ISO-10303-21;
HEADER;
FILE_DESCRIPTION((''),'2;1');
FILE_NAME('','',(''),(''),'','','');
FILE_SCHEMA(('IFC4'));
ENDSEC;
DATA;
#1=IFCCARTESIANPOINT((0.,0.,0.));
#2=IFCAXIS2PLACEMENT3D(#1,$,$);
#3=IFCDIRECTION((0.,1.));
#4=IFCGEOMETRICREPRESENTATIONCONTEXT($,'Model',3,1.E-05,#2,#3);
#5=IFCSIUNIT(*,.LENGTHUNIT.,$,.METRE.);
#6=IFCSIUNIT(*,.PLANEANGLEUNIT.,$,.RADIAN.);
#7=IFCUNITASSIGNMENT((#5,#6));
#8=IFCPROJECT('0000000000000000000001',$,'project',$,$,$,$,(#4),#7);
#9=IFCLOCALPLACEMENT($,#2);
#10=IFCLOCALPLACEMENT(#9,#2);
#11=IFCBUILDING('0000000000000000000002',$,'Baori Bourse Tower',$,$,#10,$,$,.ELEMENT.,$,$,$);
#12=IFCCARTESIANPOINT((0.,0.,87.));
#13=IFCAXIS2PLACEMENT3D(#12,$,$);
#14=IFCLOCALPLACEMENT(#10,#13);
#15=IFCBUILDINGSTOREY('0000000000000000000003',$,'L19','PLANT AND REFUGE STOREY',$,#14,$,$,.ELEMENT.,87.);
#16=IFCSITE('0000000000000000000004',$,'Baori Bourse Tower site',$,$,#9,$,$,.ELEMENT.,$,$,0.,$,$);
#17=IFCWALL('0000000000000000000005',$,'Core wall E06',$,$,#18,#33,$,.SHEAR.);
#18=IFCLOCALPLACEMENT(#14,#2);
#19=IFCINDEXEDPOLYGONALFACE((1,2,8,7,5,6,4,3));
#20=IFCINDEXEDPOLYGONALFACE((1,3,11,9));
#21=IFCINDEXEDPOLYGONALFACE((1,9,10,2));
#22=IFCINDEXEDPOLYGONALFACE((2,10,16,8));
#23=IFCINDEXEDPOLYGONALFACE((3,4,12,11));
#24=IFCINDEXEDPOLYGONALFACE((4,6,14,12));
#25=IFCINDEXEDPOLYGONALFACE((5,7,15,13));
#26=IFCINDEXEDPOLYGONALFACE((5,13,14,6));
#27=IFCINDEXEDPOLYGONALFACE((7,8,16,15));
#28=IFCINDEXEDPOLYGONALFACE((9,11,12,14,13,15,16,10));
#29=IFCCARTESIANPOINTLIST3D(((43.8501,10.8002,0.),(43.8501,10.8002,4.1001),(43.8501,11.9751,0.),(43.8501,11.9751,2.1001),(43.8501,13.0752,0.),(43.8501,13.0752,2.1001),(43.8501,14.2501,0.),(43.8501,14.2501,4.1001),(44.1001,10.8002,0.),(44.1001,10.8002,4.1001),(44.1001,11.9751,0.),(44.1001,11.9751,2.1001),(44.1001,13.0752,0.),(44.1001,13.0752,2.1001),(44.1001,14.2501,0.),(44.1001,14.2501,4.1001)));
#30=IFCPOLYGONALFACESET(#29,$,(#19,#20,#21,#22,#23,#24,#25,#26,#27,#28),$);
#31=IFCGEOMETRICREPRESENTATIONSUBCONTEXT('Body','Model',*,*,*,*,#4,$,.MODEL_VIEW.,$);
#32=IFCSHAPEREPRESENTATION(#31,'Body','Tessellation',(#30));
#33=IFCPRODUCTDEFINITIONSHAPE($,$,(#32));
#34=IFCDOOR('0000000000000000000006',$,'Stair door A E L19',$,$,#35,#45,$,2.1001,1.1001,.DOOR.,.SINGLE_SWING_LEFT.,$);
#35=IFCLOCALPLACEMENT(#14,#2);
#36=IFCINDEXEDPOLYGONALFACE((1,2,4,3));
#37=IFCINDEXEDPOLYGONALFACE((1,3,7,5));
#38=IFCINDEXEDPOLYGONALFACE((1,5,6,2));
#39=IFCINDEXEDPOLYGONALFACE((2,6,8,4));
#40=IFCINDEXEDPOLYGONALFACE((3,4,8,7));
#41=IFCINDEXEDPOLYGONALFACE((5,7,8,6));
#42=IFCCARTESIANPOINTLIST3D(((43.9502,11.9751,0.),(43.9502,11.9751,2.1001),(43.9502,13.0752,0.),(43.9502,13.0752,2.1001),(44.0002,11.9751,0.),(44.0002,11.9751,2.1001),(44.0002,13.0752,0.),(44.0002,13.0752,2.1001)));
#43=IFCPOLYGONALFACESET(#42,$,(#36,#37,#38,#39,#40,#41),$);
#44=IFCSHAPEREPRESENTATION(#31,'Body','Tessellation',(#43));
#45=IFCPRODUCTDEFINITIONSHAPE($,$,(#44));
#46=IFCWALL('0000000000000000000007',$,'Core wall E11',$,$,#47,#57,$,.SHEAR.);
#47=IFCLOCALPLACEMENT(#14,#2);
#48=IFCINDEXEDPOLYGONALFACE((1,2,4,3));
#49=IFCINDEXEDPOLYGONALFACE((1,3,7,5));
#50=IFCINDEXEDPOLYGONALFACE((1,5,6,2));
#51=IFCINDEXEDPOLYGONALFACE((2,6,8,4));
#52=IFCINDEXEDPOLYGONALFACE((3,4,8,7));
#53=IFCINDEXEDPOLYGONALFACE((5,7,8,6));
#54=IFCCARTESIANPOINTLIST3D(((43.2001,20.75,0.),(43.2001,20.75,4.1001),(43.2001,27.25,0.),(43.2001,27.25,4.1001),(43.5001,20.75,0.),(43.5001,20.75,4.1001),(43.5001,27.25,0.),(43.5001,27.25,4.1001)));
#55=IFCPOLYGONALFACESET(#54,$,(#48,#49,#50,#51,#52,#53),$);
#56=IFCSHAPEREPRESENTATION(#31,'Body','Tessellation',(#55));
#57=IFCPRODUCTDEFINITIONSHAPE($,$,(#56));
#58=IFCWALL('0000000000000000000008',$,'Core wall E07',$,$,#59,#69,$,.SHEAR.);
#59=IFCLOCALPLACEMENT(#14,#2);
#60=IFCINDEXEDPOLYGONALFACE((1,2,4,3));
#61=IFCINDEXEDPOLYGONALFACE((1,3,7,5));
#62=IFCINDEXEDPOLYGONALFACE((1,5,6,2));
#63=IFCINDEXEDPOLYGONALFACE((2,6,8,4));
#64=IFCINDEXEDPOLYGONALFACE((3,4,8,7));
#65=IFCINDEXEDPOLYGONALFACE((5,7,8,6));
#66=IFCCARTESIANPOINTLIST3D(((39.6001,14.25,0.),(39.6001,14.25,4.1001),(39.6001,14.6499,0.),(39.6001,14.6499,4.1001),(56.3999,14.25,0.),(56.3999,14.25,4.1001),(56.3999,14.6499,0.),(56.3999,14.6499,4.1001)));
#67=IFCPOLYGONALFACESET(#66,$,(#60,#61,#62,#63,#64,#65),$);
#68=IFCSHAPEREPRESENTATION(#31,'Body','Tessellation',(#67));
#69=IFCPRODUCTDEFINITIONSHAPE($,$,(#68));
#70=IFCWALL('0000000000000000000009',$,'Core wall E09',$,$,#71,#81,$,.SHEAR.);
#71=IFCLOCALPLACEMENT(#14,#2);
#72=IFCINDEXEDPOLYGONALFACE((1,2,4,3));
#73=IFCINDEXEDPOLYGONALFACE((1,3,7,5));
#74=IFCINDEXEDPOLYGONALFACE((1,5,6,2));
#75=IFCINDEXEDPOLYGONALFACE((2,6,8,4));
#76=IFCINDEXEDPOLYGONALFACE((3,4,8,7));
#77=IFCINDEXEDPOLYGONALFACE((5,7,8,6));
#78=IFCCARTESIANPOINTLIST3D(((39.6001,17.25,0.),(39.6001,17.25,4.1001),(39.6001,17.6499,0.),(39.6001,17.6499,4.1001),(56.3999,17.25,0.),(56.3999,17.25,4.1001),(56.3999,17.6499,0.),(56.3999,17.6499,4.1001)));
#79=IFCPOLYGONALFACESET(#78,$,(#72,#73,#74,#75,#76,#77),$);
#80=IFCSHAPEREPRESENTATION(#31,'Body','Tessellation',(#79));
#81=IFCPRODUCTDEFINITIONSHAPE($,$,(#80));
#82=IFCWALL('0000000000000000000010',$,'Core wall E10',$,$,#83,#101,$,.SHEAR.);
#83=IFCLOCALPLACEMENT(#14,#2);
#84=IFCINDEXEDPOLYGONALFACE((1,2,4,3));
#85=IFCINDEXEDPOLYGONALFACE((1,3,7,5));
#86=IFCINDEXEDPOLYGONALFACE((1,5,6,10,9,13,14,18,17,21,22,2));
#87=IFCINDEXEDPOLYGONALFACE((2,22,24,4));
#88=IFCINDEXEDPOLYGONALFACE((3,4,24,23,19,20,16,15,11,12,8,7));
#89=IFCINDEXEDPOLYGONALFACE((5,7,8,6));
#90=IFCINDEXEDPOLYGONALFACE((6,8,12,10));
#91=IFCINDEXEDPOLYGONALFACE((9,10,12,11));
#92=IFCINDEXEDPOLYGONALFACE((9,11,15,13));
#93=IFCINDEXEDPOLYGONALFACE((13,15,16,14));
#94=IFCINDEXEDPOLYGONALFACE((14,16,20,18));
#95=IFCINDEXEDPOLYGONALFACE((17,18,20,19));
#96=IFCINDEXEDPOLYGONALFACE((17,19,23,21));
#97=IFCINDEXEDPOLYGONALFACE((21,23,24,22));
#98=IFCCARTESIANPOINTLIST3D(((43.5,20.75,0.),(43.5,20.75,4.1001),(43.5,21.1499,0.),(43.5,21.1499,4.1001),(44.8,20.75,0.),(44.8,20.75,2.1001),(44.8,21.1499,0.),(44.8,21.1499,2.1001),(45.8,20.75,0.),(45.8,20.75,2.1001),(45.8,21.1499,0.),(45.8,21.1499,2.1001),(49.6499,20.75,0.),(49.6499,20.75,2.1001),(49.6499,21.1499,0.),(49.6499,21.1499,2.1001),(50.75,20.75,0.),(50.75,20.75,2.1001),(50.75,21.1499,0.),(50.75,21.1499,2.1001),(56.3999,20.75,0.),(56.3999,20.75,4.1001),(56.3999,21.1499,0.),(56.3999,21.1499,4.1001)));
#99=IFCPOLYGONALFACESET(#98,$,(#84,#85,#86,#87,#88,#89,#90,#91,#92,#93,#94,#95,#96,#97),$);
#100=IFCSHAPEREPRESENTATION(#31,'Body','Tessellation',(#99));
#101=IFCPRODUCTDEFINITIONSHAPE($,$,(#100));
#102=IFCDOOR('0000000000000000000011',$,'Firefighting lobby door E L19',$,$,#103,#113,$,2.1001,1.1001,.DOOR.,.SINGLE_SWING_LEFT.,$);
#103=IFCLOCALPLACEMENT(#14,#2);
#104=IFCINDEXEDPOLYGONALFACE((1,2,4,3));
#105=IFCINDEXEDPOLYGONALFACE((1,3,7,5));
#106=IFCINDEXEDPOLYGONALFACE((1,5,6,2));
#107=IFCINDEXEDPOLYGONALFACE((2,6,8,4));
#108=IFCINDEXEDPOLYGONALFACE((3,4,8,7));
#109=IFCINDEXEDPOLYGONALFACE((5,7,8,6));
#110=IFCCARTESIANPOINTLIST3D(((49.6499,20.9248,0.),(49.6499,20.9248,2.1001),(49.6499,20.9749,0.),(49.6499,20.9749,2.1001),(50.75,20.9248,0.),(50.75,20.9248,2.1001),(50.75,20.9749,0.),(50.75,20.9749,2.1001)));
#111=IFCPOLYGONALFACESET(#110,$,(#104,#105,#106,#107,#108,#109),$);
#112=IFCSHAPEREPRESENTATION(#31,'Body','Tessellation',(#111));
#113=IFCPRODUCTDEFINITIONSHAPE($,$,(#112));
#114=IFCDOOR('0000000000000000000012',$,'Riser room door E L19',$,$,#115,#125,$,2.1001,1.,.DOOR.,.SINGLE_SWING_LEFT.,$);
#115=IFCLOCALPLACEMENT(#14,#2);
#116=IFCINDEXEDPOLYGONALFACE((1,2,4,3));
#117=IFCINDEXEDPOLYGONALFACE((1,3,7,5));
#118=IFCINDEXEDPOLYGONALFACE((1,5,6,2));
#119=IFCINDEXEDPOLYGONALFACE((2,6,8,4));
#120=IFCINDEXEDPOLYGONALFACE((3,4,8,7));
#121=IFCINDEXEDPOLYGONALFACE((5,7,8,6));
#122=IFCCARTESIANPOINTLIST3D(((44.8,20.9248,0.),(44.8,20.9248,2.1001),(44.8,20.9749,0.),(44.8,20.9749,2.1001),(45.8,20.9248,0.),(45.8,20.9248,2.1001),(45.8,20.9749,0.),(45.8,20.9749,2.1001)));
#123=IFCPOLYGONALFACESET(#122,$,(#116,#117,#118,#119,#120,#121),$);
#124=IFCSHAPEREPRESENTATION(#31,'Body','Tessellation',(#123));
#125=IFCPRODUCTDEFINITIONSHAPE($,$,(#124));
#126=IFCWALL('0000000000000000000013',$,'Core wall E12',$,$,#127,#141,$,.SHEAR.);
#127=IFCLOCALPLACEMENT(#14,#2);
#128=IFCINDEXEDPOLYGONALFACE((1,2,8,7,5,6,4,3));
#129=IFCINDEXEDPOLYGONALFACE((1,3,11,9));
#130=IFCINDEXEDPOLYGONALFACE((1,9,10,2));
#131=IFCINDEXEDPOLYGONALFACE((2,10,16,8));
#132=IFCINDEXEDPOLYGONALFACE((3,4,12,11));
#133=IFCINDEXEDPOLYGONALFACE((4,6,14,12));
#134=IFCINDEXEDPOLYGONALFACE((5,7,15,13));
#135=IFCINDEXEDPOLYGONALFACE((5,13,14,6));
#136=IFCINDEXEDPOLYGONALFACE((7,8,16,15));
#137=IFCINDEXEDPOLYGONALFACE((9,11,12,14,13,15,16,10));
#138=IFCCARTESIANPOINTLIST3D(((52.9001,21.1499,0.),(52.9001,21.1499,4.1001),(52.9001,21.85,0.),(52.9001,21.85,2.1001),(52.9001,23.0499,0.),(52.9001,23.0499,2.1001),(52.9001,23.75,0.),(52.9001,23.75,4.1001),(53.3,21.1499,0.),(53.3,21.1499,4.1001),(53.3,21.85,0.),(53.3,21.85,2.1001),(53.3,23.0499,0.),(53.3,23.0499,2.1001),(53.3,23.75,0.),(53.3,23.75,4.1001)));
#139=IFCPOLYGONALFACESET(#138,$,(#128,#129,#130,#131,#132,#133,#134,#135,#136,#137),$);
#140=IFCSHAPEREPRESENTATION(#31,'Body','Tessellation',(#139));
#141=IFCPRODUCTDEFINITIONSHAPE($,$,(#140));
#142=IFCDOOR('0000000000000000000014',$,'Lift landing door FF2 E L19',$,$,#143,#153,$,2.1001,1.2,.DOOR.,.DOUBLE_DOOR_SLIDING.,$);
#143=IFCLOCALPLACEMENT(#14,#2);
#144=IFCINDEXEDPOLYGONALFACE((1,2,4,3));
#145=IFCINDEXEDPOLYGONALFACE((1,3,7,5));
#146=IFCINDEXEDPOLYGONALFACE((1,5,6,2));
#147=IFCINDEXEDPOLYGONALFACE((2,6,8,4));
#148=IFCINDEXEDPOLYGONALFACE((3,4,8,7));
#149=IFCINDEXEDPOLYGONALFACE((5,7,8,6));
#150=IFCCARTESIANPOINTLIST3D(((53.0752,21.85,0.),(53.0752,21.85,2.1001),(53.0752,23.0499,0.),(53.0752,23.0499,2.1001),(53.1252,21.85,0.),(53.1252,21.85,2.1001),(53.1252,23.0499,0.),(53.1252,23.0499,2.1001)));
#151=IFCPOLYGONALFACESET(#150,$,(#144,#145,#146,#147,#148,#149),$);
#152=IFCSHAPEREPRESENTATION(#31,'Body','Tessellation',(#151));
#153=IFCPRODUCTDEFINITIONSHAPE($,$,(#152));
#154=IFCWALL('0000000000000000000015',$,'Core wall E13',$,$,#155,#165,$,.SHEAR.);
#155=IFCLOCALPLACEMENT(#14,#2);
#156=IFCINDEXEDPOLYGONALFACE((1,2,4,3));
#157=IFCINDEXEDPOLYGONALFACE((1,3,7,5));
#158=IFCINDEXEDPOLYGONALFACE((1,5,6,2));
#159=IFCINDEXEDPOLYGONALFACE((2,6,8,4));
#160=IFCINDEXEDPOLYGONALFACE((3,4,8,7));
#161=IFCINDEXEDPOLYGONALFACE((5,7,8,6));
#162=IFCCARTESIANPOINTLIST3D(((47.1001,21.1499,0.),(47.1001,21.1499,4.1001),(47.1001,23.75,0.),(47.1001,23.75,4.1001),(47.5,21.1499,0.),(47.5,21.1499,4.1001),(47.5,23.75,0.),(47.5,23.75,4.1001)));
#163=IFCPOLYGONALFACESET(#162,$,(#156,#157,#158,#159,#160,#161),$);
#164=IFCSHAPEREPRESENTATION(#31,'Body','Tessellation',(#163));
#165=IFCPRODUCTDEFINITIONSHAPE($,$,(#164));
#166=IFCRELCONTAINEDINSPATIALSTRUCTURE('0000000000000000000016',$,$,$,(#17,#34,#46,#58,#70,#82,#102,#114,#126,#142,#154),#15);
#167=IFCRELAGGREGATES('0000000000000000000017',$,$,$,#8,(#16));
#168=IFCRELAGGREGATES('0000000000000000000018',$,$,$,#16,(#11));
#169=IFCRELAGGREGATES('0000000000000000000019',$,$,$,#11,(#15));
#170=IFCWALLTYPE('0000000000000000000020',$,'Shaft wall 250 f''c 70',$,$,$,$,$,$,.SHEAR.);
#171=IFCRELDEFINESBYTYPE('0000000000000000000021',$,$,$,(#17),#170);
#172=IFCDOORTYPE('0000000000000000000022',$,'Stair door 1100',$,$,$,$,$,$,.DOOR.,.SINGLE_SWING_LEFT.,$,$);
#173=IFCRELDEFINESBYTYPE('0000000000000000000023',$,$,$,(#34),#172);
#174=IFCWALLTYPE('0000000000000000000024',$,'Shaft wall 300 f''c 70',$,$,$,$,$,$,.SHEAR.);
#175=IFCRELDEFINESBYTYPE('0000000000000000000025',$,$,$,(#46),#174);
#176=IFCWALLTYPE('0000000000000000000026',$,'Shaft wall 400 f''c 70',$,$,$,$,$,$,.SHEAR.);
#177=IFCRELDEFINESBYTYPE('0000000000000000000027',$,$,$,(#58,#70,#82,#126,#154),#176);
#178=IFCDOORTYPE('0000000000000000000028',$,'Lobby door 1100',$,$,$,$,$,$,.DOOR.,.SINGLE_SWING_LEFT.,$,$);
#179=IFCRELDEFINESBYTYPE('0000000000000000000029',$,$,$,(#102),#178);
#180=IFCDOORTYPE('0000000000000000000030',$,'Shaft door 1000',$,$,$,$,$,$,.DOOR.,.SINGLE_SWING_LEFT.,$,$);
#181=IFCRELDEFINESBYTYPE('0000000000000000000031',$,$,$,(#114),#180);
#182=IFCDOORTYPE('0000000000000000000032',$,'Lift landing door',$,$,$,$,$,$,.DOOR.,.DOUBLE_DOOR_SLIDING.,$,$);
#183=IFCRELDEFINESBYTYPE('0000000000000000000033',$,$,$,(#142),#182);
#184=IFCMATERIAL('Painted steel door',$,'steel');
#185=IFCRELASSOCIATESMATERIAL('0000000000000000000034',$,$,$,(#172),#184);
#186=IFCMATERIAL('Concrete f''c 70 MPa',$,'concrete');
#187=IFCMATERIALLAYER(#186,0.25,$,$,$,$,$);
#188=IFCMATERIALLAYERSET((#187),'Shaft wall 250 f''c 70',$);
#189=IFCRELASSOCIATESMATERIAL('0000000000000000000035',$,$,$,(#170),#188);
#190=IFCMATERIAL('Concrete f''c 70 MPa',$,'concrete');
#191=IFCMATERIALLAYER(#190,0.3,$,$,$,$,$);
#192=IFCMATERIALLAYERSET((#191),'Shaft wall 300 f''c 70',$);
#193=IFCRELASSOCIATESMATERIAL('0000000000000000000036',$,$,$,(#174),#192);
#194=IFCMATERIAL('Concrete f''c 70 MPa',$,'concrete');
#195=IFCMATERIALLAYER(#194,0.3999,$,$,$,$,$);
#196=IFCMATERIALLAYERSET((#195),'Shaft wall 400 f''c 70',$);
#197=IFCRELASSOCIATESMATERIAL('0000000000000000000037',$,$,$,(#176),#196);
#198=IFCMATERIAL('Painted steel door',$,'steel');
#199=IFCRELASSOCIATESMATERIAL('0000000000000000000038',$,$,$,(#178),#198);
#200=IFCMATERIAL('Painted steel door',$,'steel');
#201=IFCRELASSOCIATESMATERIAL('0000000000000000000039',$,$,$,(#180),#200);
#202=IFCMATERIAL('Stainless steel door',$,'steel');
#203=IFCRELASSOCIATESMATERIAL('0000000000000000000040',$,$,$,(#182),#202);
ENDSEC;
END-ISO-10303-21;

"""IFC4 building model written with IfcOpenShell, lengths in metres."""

from ifc_helpers import new_model, si_unit, direction, frame, frame_2d, origin, place, context, subcontext, project, spatial, rectangle, extrude, material, layer, layer_set, type_object, element, fill, save


model = new_model("IFC4")

# Units and contexts
model_context = context("Model", 3, precision=1e-05, world=origin(), true_north=direction((0.0, 1.0)))
body_context = subcontext(model_context, "Body", "Model", "MODEL_VIEW")
ifc_project = project(units=[si_unit("LENGTHUNIT", "METRE"), si_unit("PLANEANGLEUNIT", "RADIAN")], contexts=[model_context])

# Site, building, storey
site_placement = place(None, origin())
site = spatial("IfcSite", under=ifc_project, at=site_placement, Name="Baori Bourse Tower site", CompositionType="ELEMENT", RefElevation=0.0)
building_placement = place(site_placement, origin())
building = spatial("IfcBuilding", under=site, at=building_placement, Name="Baori Bourse Tower", CompositionType="ELEMENT")
storey_placement = place(building_placement, frame((0.0, 0.0, 87.0)))
storey = spatial("IfcBuildingStorey", under=building, at=storey_placement, Name="L19", Description="PLANT AND REFUGE STOREY", CompositionType="ELEMENT", Elevation=87.0)

# Wall, opening, door
ifc_material_1 = material(Name="Painted steel door", Category="steel")
door_type_1 = type_object("IfcDoorType", Name="Stair door 1100", OperationType="SINGLE_SWING_LEFT", PredefinedType="DOOR", material=ifc_material_1)
ifc_material_2 = material(Name="Concrete f'c 70 MPa", Category="concrete")
ifc_layer_1 = layer(ifc_material_2, 0.25)
ifc_layer_set_1 = layer_set([ifc_layer_1], Name="Shaft wall 250 f'c 70")
wall_type_1 = type_object("IfcWallType", Name="Shaft wall 250 f'c 70", PredefinedType="SHEAR", material=ifc_layer_set_1)
wall_1_placement = place(storey_placement, frame((43.9751, 10.8, 0.0), z_axis=(0.0, 0.0, 1.0), x_axis=(0.0, 1.0, 0.0)))
wall_1 = element("IfcWall", 1, at=wall_1_placement, inside=storey, type_object=wall_type_1, Name="Core wall E06", PredefinedType="SHEAR", context=body_context, shape_type="SweptSolid", body=[
    extrude(rectangle(XDim=3.45, YDim=0.25, at=frame_2d((1.7251, 0.0))), origin(), (0.0, 0.0, 1.0), 4.1001),
])
opening_1_placement = place(wall_1_placement, frame((1.175, 0.0, 0.0)))
opening_1 = element("IfcOpeningElement", 2, at=opening_1_placement, cuts=wall_1, PredefinedType="OPENING", context=body_context, shape_type="SweptSolid", body=[
    extrude(rectangle(XDim=1.1001, YDim=2.1001, at=frame_2d((0.55, 1.05))), frame((0.0, 0.135, 0.0), z_axis=(0.0, -1.0, 0.0), x_axis=(1.0, 0.0, 0.0)), (0.0, 0.0, 1.0), 0.27),
])
door_1_placement = place(opening_1_placement, origin())
door_1 = element("IfcDoor", 3, at=door_1_placement, inside=storey, type_object=door_type_1, Name="Stair door A E L19", OperationType="SINGLE_SWING_LEFT", OverallHeight=2.1001, OverallWidth=1.1001, PredefinedType="DOOR", context=body_context, shape_type="SweptSolid", body=[
    extrude(rectangle(XDim=1.1001, YDim=2.1001, at=frame_2d((0.55, 1.05))), frame((0.0, 0.0249, 0.0), z_axis=(0.0, -1.0, 0.0), x_axis=(1.0, 0.0, 0.0)), (0.0, 0.0, 1.0), 0.05),
])
fill(opening_1, door_1)

# Walls
ifc_material_3 = material(Name="Concrete f'c 70 MPa", Category="concrete")
ifc_layer_2 = layer(ifc_material_3, 0.3)
ifc_layer_set_2 = layer_set([ifc_layer_2], Name="Shaft wall 300 f'c 70")
wall_type_2 = type_object("IfcWallType", Name="Shaft wall 300 f'c 70", PredefinedType="SHEAR", material=ifc_layer_set_2)
wall_2_placement = place(storey_placement, frame((43.3501, 20.75, 0.0), z_axis=(0.0, 0.0, 1.0), x_axis=(0.0, 1.0, 0.0)))
element("IfcWall", 4, at=wall_2_placement, inside=storey, type_object=wall_type_2, Name="Core wall E11", PredefinedType="SHEAR", context=body_context, shape_type="SweptSolid", body=[
    extrude(rectangle(XDim=6.5, YDim=0.3, at=frame_2d((3.25, 0.0))), origin(), (0.0, 0.0, 1.0), 4.1001),
])
ifc_material_4 = material(Name="Concrete f'c 70 MPa", Category="concrete")
ifc_layer_3 = layer(ifc_material_4, 0.3999)
ifc_layer_set_3 = layer_set([ifc_layer_3], Name="Shaft wall 400 f'c 70")
wall_type_3 = type_object("IfcWallType", Name="Shaft wall 400 f'c 70", PredefinedType="SHEAR", material=ifc_layer_set_3)
for number, where, z_axis, x_axis, name in (
    (5, (39.6001, 14.45, 0.0), (0.0, 0.0, 1.0), (1.0, 0.0, 0.0), "Core wall E07"),
    (6, (39.6001, 17.45, 0.0), (0.0, 0.0, 1.0), (1.0, 0.0, 0.0), "Core wall E09"),
):
    element("IfcWall", number, at=place(storey_placement, frame(where, z_axis=z_axis, x_axis=x_axis)), inside=storey, type_object=wall_type_3, Name=name, PredefinedType="SHEAR", context=body_context, shape_type="SweptSolid", body=[
        extrude(rectangle(XDim=16.7998, YDim=0.3999, at=frame_2d((8.3999, 0.0))), origin(), (0.0, 0.0, 1.0), 4.1001),
    ])

# Wall, openings, doors
wall_3_placement = place(storey_placement, frame((43.5, 20.95, 0.0), z_axis=(0.0, 0.0, 1.0), x_axis=(1.0, 0.0, 0.0)))
wall_3 = element("IfcWall", 7, at=wall_3_placement, inside=storey, type_object=wall_type_3, Name="Core wall E10", PredefinedType="SHEAR", context=body_context, shape_type="SweptSolid", body=[
    extrude(rectangle(XDim=12.8999, YDim=0.3999, at=frame_2d((6.45, 0.0))), origin(), (0.0, 0.0, 1.0), 4.1001),
])
opening_2_placement = place(wall_3_placement, frame((6.1499, 0.0, 0.0)))
opening_2 = element("IfcOpeningElement", 8, at=opening_2_placement, cuts=wall_3, PredefinedType="OPENING", context=body_context, shape_type="SweptSolid", body=[
    extrude(rectangle(XDim=1.1001, YDim=2.1001, at=frame_2d((0.55, 1.05))), frame((0.0, 0.21, 0.0), z_axis=(0.0, -1.0, 0.0), x_axis=(1.0, 0.0, 0.0)), (0.0, 0.0, 1.0), 0.4199),
])
opening_3_placement = place(wall_3_placement, frame((1.3, 0.0, 0.0)))
opening_3 = element("IfcOpeningElement", 9, at=opening_3_placement, cuts=wall_3, PredefinedType="OPENING", context=body_context, shape_type="SweptSolid", body=[
    extrude(rectangle(XDim=1.0, YDim=2.1001, at=frame_2d((0.5, 1.05))), frame((0.0, 0.21, 0.0), z_axis=(0.0, -1.0, 0.0), x_axis=(1.0, 0.0, 0.0)), (0.0, 0.0, 1.0), 0.4199),
])
ifc_material_5 = material(Name="Painted steel door", Category="steel")
door_type_2 = type_object("IfcDoorType", Name="Lobby door 1100", OperationType="SINGLE_SWING_LEFT", PredefinedType="DOOR", material=ifc_material_5)
door_2_placement = place(opening_2_placement, origin())
door_2 = element("IfcDoor", 10, at=door_2_placement, inside=storey, type_object=door_type_2, Name="Firefighting lobby door E L19", OperationType="SINGLE_SWING_LEFT", OverallHeight=2.1001, OverallWidth=1.1001, PredefinedType="DOOR", context=body_context, shape_type="SweptSolid", body=[
    extrude(rectangle(XDim=1.1001, YDim=2.1001, at=frame_2d((0.55, 1.05))), frame((0.0, 0.0249, 0.0), z_axis=(0.0, -1.0, 0.0), x_axis=(1.0, 0.0, 0.0)), (0.0, 0.0, 1.0), 0.05),
])
fill(opening_2, door_2)
ifc_material_6 = material(Name="Painted steel door", Category="steel")
door_type_3 = type_object("IfcDoorType", Name="Shaft door 1000", OperationType="SINGLE_SWING_LEFT", PredefinedType="DOOR", material=ifc_material_6)
door_3_placement = place(opening_3_placement, origin())
door_3 = element("IfcDoor", 11, at=door_3_placement, inside=storey, type_object=door_type_3, Name="Riser room door E L19", OperationType="SINGLE_SWING_LEFT", OverallHeight=2.1001, OverallWidth=1.0, PredefinedType="DOOR", context=body_context, shape_type="SweptSolid", body=[
    extrude(rectangle(XDim=1.0, YDim=2.1001, at=frame_2d((0.5, 1.05))), frame((0.0, 0.0249, 0.0), z_axis=(0.0, -1.0, 0.0), x_axis=(1.0, 0.0, 0.0)), (0.0, 0.0, 1.0), 0.05),
])
fill(opening_3, door_3)

# Wall, opening, door
wall_4_placement = place(storey_placement, frame((53.1001, 21.1499, 0.0), z_axis=(0.0, 0.0, 1.0), x_axis=(0.0, 1.0, 0.0)))
wall_4 = element("IfcWall", 12, at=wall_4_placement, inside=storey, type_object=wall_type_3, Name="Core wall E12", PredefinedType="SHEAR", context=body_context, shape_type="SweptSolid", body=[
    extrude(rectangle(XDim=2.6001, YDim=0.3999, at=frame_2d((1.3, 0.0))), origin(), (0.0, 0.0, 1.0), 4.1001),
])
opening_4_placement = place(wall_4_placement, frame((0.7, 0.0, 0.0)))
opening_4 = element("IfcOpeningElement", 13, at=opening_4_placement, cuts=wall_4, PredefinedType="OPENING", context=body_context, shape_type="SweptSolid", body=[
    extrude(rectangle(XDim=1.2, YDim=2.1001, at=frame_2d((0.6001, 1.05))), frame((0.0, 0.21, 0.0), z_axis=(0.0, -1.0, 0.0), x_axis=(1.0, 0.0, 0.0)), (0.0, 0.0, 1.0), 0.4199),
])
ifc_material_7 = material(Name="Stainless steel door", Category="steel")
door_type_4 = type_object("IfcDoorType", Name="Lift landing door", OperationType="DOUBLE_DOOR_SLIDING", PredefinedType="DOOR", material=ifc_material_7)
door_4_placement = place(opening_4_placement, origin())
door_4 = element("IfcDoor", 14, at=door_4_placement, inside=storey, type_object=door_type_4, Name="Lift landing door FF2 E L19", OperationType="DOUBLE_DOOR_SLIDING", OverallHeight=2.1001, OverallWidth=1.2, PredefinedType="DOOR", context=body_context, shape_type="SweptSolid", body=[
    extrude(rectangle(XDim=1.2, YDim=2.1001, at=frame_2d((0.6001, 1.05))), frame((0.0, 0.0249, 0.0), z_axis=(0.0, -1.0, 0.0), x_axis=(1.0, 0.0, 0.0)), (0.0, 0.0, 1.0), 0.05),
])
fill(opening_4, door_4)

# Wall
wall_5_placement = place(storey_placement, frame((47.3, 21.1499, 0.0), z_axis=(0.0, 0.0, 1.0), x_axis=(0.0, 1.0, 0.0)))
element("IfcWall", 15, at=wall_5_placement, inside=storey, type_object=wall_type_3, Name="Core wall E13", PredefinedType="SHEAR", context=body_context, shape_type="SweptSolid", body=[
    extrude(rectangle(XDim=2.6001, YDim=0.3999, at=frame_2d((1.3, 0.0))), origin(), (0.0, 0.0, 1.0), 4.1001),
])

save(model, "model.ifc")
